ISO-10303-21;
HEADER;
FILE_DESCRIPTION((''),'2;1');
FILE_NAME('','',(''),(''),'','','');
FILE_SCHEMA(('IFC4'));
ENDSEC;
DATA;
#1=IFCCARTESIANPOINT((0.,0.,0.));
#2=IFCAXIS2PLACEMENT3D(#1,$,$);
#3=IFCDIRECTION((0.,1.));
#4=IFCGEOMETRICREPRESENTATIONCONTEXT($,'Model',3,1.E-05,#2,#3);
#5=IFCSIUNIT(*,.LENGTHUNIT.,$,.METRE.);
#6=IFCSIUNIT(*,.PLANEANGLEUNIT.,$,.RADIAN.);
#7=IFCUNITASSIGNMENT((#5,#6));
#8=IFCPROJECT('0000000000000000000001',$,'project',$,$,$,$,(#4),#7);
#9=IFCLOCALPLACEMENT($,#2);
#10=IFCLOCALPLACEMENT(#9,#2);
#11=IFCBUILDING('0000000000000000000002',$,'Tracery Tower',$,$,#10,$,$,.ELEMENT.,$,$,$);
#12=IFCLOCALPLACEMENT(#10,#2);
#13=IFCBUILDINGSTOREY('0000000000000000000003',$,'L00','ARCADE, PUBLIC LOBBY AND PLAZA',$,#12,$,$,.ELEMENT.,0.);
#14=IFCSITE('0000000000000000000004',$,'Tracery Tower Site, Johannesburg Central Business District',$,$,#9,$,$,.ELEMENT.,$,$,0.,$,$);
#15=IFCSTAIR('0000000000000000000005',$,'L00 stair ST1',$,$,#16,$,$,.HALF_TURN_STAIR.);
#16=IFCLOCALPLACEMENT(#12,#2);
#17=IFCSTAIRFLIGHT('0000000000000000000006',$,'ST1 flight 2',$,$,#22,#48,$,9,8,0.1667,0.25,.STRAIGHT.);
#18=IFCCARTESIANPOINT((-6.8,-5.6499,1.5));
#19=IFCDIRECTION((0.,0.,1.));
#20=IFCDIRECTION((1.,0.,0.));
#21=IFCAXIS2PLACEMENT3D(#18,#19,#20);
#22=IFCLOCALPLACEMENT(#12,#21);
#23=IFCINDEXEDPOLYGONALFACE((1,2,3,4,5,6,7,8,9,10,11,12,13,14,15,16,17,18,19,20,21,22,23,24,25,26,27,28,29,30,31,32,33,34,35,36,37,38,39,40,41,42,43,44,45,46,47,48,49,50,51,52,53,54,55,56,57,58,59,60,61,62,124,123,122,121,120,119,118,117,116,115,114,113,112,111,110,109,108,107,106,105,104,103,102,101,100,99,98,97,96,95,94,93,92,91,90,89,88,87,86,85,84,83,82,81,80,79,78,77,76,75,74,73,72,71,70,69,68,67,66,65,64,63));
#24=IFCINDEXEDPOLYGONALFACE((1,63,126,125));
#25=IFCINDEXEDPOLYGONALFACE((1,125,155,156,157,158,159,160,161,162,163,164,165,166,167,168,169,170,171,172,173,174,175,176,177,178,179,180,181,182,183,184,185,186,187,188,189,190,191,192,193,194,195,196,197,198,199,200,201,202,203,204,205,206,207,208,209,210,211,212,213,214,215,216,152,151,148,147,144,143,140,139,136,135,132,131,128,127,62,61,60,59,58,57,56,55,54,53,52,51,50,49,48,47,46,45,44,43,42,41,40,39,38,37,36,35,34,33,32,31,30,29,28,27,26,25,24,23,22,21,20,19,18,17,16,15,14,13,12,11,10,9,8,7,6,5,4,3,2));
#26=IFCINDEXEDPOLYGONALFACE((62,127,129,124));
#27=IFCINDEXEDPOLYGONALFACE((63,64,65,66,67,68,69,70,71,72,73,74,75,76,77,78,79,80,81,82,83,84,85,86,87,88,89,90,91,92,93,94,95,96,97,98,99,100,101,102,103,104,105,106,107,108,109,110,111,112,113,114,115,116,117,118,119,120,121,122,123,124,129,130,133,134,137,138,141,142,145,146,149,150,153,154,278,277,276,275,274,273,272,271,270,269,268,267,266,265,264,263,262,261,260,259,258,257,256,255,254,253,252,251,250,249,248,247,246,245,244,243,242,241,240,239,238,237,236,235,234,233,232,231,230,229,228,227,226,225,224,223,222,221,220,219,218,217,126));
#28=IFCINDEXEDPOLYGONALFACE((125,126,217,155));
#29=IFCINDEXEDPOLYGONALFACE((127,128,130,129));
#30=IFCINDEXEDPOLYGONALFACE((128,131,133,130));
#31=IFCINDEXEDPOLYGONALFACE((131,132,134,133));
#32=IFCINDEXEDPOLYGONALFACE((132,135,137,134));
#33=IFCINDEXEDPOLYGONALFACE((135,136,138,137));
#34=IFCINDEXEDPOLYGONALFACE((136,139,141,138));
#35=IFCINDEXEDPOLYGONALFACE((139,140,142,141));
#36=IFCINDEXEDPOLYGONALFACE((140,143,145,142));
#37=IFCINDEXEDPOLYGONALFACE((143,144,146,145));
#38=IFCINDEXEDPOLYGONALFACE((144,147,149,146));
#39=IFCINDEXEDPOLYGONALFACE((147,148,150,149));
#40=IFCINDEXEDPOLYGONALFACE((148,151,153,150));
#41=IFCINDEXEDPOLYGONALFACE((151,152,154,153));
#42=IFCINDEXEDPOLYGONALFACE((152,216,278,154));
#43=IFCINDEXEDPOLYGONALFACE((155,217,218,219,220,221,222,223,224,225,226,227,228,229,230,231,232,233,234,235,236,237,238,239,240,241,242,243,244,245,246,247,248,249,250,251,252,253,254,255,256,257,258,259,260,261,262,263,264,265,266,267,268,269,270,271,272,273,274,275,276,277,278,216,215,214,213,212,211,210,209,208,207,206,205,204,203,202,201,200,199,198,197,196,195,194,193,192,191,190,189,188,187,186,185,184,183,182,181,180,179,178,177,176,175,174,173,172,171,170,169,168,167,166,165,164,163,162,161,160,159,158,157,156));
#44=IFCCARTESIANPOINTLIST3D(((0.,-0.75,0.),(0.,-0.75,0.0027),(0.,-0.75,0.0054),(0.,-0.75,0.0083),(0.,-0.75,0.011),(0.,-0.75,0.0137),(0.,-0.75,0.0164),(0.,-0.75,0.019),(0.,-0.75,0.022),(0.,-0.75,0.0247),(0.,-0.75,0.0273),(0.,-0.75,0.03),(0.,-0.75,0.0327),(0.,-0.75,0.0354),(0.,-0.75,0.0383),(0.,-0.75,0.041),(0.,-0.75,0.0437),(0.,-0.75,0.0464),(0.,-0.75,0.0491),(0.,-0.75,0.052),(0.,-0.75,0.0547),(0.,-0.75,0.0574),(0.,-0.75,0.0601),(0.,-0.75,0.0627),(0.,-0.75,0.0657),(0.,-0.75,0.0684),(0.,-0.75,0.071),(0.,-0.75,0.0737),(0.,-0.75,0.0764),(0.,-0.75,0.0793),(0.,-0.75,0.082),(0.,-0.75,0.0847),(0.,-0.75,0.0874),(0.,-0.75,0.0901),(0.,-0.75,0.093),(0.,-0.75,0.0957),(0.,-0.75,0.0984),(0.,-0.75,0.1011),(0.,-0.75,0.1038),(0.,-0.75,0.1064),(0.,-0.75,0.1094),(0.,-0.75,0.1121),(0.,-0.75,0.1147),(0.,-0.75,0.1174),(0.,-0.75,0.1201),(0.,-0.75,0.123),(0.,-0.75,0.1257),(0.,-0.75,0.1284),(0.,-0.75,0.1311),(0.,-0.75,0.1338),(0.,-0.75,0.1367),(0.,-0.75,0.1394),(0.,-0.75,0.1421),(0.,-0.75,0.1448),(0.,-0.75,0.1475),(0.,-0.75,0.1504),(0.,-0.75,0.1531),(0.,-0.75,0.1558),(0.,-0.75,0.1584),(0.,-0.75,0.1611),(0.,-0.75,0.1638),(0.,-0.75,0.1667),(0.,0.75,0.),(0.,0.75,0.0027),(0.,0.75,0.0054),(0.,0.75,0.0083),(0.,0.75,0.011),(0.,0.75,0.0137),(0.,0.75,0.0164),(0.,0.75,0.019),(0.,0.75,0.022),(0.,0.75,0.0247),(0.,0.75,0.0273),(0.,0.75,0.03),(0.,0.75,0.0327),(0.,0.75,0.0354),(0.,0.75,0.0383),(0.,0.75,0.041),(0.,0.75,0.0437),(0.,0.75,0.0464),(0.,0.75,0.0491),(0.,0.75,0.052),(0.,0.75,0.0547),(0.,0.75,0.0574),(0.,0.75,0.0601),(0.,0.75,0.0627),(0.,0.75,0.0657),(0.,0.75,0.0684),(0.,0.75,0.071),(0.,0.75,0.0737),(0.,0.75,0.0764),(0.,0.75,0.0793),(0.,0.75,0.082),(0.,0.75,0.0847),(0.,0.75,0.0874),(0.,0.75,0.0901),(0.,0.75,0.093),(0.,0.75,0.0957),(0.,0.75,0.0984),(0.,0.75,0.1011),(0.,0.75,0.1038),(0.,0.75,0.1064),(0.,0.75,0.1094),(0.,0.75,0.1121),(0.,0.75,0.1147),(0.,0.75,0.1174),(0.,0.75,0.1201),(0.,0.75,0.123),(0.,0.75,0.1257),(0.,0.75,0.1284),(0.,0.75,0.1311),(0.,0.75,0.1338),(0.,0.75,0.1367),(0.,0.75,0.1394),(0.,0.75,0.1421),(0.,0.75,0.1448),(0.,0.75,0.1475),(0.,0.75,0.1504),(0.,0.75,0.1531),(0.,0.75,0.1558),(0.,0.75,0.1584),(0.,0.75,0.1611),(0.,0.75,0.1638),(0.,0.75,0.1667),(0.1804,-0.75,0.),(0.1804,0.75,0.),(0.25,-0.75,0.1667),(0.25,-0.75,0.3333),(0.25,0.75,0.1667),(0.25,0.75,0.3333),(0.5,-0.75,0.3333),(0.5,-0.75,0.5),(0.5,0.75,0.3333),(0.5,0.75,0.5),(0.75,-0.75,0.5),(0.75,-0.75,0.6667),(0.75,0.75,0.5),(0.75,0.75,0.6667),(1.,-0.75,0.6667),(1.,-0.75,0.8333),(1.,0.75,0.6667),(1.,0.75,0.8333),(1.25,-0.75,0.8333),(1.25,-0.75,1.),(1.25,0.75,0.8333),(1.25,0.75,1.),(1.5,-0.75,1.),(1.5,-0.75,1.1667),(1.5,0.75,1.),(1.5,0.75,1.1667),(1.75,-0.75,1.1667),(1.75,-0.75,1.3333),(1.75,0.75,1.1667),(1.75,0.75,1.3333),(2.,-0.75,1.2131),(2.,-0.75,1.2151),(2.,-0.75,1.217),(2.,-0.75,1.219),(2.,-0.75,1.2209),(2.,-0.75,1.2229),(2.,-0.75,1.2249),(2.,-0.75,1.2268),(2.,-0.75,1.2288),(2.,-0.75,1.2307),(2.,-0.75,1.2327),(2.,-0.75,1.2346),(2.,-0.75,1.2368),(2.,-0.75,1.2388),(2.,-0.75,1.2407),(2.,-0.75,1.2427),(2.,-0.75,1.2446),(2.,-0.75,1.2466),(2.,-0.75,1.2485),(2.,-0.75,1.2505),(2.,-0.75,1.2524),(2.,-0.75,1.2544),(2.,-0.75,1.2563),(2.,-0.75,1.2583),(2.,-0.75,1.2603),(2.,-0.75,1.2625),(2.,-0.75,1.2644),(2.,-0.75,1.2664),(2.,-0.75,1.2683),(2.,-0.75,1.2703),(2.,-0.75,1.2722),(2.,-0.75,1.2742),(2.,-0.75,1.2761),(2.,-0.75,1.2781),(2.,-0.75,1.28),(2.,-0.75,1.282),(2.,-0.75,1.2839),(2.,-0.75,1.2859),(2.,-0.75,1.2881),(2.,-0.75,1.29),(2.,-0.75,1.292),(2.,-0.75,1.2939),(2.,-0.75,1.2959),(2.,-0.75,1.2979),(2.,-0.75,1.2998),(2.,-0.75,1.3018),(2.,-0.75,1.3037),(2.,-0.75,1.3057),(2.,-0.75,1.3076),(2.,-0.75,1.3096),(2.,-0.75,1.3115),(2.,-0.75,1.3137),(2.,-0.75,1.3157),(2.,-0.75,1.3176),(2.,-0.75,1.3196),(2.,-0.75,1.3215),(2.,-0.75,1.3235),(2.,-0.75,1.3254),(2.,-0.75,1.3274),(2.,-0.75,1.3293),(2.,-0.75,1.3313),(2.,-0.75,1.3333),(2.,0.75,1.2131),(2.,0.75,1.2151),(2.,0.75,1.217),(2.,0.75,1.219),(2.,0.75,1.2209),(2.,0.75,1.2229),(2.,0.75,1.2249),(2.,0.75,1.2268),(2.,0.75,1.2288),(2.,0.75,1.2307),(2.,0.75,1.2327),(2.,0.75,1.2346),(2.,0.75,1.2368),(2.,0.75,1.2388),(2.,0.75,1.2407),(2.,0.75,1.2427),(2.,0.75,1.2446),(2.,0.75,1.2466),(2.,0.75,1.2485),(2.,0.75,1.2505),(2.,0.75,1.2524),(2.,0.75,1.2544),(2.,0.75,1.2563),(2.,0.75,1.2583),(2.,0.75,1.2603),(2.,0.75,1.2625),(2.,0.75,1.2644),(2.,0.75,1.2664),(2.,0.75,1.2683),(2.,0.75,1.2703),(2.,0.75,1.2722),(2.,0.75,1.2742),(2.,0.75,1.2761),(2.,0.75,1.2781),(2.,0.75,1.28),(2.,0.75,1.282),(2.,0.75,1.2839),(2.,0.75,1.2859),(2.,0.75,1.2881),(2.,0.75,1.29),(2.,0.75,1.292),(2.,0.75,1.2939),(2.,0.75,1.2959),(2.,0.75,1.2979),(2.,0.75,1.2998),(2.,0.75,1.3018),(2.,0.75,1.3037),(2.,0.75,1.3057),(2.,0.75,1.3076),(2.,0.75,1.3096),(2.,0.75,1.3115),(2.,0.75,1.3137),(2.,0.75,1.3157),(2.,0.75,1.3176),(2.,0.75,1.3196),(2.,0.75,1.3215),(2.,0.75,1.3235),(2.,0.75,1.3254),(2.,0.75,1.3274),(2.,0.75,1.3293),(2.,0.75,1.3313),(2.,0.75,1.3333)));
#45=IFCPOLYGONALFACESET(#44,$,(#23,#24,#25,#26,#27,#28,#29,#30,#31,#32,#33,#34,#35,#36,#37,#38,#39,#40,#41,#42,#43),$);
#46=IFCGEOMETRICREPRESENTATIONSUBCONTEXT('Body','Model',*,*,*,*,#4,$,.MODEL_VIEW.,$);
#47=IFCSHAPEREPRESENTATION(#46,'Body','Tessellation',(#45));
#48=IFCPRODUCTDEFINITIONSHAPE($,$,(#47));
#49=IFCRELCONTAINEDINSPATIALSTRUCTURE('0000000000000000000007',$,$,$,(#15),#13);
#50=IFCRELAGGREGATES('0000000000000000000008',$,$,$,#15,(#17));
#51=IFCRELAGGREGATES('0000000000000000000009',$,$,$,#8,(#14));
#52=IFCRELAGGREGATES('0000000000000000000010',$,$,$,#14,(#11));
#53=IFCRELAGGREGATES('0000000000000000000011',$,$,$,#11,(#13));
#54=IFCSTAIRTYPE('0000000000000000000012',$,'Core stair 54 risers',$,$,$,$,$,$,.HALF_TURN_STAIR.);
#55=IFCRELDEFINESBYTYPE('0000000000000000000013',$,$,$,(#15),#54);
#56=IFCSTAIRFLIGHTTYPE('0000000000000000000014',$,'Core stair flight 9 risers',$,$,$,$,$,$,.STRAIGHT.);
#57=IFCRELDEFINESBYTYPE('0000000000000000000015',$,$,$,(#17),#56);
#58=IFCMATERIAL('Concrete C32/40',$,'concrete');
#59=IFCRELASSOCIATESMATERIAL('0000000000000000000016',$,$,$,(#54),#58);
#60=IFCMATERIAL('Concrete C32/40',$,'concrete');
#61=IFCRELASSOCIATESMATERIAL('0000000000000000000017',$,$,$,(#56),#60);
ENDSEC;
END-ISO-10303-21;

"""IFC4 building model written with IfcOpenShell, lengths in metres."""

from ifc_helpers import new_model, si_unit, direction, frame, origin, place, context, subcontext, project, spatial, polyline, outline, extrude, material, type_object, element, aggregate, save


model = new_model("IFC4")

# Units and contexts
model_context = context("Model", 3, precision=1e-05, world=origin(), true_north=direction((0.0, 1.0)))
body_context = subcontext(model_context, "Body", "Model", "MODEL_VIEW")
ifc_project = project(units=[si_unit("LENGTHUNIT", "METRE"), si_unit("PLANEANGLEUNIT", "RADIAN")], contexts=[model_context])

# Site, building, storey
site_placement = place(None, origin())
site = spatial("IfcSite", under=ifc_project, at=site_placement, Name="Tracery Tower Site, Johannesburg Central Business District", CompositionType="ELEMENT", RefElevation=0.0)
building_placement = place(site_placement, origin())
building = spatial("IfcBuilding", under=site, at=building_placement, Name="Tracery Tower", CompositionType="ELEMENT")
storey_placement = place(building_placement, origin())
storey = spatial("IfcBuildingStorey", under=building, at=storey_placement, Name="L00", Description="ARCADE, PUBLIC LOBBY AND PLAZA", CompositionType="ELEMENT", Elevation=0.0)

# Stair, stair flight
ifc_material_1 = material(Name="Concrete C32/40", Category="concrete")
stair_type = type_object("IfcStairType", Name="Core stair 54 risers", PredefinedType="HALF_TURN_STAIR", material=ifc_material_1)
stair_placement = place(storey_placement, origin())
stair = element("IfcStair", 1, at=stair_placement, inside=storey, type_object=stair_type, Name="L00 stair ST1", PredefinedType="HALF_TURN_STAIR")
ifc_material_2 = material(Name="Concrete C32/40", Category="concrete")
stair_flight_type = type_object("IfcStairFlightType", Name="Core stair flight 9 risers", PredefinedType="STRAIGHT", material=ifc_material_2)
stair_flight_1_placement = place(storey_placement, frame((-6.8, -5.6499, 1.5), z_axis=(0.0, 0.0, 1.0), x_axis=(1.0, 0.0, 0.0)))
stair_flight_1 = element("IfcStairFlight", 2, at=stair_flight_1_placement, type_object=stair_flight_type, Name="ST1 flight 2", NumberOfRisers=9, NumberOfTreads=8, PredefinedType="STRAIGHT", RiserHeight=0.1667, TreadLength=0.25, context=body_context, shape_type="SweptSolid", body=[
    extrude(outline(polyline([(0.0, 0.0), (0.0, 0.0027), (0.0, 0.0054), (0.0, 0.0083), (0.0, 0.011), (0.0, 0.0137), (0.0, 0.0164), (0.0, 0.019), (0.0, 0.022), (0.0, 0.0247), (0.0, 0.0273), (0.0, 0.03), (0.0, 0.0327), (0.0, 0.0354), (0.0, 0.0383), (0.0, 0.041), (0.0, 0.0437), (0.0, 0.0464), (0.0, 0.0491), (0.0, 0.052), (0.0, 0.0547), (0.0, 0.0574), (0.0, 0.0601), (0.0, 0.0627), (0.0, 0.0657), (0.0, 0.0684), (0.0, 0.071), (0.0, 0.0737), (0.0, 0.0764), (0.0, 0.0793), (0.0, 0.082), (0.0, 0.0847), (0.0, 0.0874), (0.0, 0.0901), (0.0, 0.093), (0.0, 0.0957), (0.0, 0.0984), (0.0, 0.1011), (0.0, 0.1038), (0.0, 0.1064), (0.0, 0.1094), (0.0, 0.1121), (0.0, 0.1147), (0.0, 0.1174), (0.0, 0.1201), (0.0, 0.123), (0.0, 0.1257), (0.0, 0.1284), (0.0, 0.1311), (0.0, 0.1338), (0.0, 0.1367), (0.0, 0.1394), (0.0, 0.1421), (0.0, 0.1448), (0.0, 0.1475), (0.0, 0.1504), (0.0, 0.1531), (0.0, 0.1558), (0.0, 0.1584), (0.0, 0.1611), (0.0, 0.1638), (0.0, 0.1667), (0.25, 0.1667), (0.25, 0.3333), (0.5, 0.3333), (0.5, 0.5), (0.75, 0.5), (0.75, 0.6667), (1.0, 0.6667), (1.0, 0.8333), (1.25, 0.8333), (1.25, 1.0), (1.5, 1.0), (1.5, 1.1667), (1.75, 1.1667), (1.75, 1.3333), (2.0, 1.3333), (2.0, 1.3313), (2.0, 1.3293), (2.0, 1.3274), (2.0, 1.3254), (2.0, 1.3235), (2.0, 1.3215), (2.0, 1.3196), (2.0, 1.3176), (2.0, 1.3157), (2.0, 1.3137), (2.0, 1.3115), (2.0, 1.3096), (2.0, 1.3076), (2.0, 1.3057), (2.0, 1.3037), (2.0, 1.3018), (2.0, 1.2998), (2.0, 1.2979), (2.0, 1.2959), (2.0, 1.2939), (2.0, 1.292), (2.0, 1.29), (2.0, 1.2881), (2.0, 1.2859), (2.0, 1.2839), (2.0, 1.282), (2.0, 1.28), (2.0, 1.2781), (2.0, 1.2761), (2.0, 1.2742), (2.0, 1.2722), (2.0, 1.2703), (2.0, 1.2683), (2.0, 1.2664), (2.0, 1.2644), (2.0, 1.2625), (2.0, 1.2603), (2.0, 1.2583), (2.0, 1.2563), (2.0, 1.2544), (2.0, 1.2524), (2.0, 1.2505), (2.0, 1.2485), (2.0, 1.2466), (2.0, 1.2446), (2.0, 1.2427), (2.0, 1.2407), (2.0, 1.2388), (2.0, 1.2368), (2.0, 1.2346), (2.0, 1.2327), (2.0, 1.2307), (2.0, 1.2288), (2.0, 1.2268), (2.0, 1.2249), (2.0, 1.2229), (2.0, 1.2209), (2.0, 1.219), (2.0, 1.217), (2.0, 1.2151), (2.0, 1.2131), (0.1804, 0.0), (0.0, 0.0)])), frame((0.0, 0.75, 0.0), z_axis=(0.0, -1.0, 0.0), x_axis=(1.0, 0.0, 0.0)), (0.0, 0.0, 1.0), 1.5),
])
aggregate(stair, [stair_flight_1])

save(model, "model.ifc")
